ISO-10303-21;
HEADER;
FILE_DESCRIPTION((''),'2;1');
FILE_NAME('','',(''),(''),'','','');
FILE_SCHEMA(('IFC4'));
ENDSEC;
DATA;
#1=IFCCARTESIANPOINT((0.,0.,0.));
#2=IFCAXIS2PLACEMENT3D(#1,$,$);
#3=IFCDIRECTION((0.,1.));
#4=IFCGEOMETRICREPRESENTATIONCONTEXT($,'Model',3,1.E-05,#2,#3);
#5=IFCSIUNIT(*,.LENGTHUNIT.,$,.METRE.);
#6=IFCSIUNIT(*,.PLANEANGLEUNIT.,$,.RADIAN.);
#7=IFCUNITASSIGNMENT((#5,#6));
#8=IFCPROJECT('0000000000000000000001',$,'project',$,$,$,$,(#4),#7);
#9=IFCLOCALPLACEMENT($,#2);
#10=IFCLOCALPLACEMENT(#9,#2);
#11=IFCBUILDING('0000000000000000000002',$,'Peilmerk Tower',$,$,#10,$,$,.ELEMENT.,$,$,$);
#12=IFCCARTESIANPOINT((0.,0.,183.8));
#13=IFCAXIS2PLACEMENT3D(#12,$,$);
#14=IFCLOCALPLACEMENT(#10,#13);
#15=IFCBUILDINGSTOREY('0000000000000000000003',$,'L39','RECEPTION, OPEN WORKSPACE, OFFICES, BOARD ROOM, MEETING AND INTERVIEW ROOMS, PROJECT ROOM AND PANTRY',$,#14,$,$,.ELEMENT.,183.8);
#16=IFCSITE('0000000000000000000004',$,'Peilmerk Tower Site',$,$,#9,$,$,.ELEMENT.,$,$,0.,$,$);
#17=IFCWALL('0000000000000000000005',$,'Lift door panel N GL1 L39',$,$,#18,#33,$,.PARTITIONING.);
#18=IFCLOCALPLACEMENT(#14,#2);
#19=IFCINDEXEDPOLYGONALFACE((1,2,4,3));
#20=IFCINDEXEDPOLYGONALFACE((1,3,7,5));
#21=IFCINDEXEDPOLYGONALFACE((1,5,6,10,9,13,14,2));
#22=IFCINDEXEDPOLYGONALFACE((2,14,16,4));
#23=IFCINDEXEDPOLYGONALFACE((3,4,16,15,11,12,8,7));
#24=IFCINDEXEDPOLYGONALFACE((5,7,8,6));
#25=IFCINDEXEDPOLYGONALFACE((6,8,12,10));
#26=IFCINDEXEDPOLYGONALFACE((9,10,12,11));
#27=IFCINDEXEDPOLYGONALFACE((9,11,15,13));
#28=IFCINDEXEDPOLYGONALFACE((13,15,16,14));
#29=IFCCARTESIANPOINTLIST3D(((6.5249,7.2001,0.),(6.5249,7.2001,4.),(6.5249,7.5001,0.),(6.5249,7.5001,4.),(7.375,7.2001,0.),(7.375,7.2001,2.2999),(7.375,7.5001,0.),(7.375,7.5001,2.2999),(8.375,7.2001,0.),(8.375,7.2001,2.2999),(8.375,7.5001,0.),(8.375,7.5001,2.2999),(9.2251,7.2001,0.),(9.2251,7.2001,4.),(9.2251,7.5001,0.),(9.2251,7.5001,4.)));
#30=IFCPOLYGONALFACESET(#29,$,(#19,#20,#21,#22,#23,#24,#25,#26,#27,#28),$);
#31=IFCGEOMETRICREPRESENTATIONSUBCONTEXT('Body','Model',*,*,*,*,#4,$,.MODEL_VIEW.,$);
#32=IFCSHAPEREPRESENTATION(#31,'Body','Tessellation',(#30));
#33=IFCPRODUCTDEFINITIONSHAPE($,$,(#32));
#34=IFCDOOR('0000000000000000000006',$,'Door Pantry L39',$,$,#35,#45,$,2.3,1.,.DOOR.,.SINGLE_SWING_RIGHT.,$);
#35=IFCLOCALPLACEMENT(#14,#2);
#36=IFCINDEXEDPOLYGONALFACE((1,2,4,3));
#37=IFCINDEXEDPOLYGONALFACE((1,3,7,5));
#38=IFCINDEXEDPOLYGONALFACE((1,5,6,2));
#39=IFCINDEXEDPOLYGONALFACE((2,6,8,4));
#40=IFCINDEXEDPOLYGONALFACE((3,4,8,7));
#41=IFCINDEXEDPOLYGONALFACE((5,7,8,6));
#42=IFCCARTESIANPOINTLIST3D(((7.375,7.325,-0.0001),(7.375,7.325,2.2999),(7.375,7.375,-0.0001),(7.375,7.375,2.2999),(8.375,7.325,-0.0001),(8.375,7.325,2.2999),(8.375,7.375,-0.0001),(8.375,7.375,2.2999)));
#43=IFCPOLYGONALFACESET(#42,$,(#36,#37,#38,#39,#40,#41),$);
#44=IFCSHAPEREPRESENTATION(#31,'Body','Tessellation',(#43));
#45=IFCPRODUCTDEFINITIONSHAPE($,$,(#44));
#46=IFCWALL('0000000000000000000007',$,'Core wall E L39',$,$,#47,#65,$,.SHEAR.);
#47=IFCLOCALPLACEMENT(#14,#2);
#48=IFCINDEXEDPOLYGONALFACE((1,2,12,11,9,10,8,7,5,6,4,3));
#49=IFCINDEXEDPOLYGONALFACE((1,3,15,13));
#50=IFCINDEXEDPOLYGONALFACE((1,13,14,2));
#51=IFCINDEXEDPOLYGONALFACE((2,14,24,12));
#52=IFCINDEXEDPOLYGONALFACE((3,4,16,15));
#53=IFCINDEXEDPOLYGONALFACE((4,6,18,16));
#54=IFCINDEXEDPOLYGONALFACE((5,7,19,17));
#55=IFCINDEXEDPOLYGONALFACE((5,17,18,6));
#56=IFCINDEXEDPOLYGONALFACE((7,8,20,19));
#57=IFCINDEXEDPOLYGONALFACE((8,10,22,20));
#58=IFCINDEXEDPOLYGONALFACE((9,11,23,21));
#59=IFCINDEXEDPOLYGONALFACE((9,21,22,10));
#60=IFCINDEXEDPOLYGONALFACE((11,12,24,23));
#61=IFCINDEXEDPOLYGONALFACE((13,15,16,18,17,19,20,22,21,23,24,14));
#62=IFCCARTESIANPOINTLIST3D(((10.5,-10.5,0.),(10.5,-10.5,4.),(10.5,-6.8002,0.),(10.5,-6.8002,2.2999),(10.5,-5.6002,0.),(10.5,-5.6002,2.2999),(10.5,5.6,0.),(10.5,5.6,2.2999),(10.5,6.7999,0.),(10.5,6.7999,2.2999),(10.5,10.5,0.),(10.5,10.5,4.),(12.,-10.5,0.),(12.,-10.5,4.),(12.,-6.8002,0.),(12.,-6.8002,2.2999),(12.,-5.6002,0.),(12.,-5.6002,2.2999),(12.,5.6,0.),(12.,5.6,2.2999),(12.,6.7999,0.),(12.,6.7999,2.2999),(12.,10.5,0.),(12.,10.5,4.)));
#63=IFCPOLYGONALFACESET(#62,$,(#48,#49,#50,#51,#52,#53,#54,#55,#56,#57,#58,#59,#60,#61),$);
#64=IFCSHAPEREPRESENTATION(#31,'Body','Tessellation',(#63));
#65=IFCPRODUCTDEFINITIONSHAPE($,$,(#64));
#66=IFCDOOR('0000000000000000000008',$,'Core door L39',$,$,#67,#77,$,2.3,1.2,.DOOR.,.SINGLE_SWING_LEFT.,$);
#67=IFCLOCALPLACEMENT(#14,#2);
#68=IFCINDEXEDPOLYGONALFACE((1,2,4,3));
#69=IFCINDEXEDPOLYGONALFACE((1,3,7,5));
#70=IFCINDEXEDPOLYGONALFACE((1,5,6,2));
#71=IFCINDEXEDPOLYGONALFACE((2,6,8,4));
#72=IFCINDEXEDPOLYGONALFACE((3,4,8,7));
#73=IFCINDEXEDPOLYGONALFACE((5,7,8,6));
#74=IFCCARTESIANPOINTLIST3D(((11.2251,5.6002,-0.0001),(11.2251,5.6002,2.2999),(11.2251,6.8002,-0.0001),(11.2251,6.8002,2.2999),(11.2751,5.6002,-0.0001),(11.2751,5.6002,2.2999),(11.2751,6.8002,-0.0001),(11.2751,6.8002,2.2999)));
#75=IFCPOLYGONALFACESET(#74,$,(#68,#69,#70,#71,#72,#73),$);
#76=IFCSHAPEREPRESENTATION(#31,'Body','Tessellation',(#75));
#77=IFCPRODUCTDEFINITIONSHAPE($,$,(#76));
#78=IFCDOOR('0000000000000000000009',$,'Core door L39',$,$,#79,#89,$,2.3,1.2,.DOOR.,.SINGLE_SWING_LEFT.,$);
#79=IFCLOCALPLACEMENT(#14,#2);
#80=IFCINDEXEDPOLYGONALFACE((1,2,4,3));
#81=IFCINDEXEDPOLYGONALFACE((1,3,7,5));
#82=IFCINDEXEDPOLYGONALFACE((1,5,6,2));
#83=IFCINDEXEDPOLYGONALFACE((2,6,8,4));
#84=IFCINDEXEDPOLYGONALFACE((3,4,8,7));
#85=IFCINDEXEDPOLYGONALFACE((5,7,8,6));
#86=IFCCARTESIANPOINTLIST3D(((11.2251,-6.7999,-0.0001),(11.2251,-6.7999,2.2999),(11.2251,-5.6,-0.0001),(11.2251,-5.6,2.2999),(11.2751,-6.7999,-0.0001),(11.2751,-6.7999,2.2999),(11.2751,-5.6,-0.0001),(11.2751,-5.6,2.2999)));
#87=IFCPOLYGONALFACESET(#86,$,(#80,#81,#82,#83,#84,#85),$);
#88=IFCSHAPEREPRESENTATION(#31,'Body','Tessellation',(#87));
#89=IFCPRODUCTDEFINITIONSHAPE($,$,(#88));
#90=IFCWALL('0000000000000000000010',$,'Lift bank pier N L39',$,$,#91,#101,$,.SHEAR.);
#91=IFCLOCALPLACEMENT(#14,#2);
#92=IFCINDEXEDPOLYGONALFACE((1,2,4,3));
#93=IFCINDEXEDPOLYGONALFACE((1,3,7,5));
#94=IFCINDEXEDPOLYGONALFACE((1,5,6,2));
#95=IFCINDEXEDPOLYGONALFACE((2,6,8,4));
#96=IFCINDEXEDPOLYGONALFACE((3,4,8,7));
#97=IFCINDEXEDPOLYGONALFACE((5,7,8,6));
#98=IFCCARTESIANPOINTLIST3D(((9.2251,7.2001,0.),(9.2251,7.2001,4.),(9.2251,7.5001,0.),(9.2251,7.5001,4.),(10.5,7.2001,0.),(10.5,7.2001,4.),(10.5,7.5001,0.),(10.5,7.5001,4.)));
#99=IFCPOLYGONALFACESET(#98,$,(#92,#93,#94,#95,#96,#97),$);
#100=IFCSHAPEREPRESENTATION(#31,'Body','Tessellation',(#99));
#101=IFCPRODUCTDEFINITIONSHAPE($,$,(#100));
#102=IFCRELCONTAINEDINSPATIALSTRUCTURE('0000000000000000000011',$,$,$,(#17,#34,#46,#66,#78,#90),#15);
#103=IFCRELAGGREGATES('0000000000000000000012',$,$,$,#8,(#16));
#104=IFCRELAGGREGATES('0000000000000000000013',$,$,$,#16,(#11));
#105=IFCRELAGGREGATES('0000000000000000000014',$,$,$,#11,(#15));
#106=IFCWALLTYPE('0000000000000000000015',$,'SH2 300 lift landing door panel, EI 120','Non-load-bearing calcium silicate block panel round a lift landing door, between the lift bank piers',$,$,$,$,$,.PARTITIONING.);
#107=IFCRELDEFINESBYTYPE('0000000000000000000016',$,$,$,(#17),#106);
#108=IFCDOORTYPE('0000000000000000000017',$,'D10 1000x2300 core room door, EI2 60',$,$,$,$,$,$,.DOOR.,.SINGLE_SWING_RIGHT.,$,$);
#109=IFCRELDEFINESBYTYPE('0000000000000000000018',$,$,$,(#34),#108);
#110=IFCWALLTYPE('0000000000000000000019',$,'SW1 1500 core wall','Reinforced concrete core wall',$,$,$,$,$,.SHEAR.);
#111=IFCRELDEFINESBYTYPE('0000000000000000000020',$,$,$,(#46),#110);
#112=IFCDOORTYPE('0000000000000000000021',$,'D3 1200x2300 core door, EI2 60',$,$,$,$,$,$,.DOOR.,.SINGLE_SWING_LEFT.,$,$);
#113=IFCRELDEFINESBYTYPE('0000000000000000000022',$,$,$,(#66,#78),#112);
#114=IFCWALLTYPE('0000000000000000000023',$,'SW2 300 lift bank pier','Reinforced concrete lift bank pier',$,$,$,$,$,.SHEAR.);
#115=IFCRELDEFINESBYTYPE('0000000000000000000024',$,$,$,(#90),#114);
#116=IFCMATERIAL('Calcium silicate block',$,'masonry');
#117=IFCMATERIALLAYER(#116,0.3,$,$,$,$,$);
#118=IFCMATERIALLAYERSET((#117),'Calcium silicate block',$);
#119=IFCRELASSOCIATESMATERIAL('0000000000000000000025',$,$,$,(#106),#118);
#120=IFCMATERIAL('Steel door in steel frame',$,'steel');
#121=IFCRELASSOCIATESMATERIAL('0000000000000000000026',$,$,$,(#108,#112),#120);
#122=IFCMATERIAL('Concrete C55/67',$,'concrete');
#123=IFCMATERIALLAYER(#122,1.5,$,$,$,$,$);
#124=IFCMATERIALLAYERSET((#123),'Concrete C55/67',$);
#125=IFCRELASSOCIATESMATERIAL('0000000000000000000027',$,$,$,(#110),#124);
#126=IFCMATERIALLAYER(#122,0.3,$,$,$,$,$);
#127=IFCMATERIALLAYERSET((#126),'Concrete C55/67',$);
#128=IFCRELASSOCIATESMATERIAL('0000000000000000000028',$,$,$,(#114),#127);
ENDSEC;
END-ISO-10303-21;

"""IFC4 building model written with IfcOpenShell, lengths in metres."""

from ifc_helpers import new_model, si_unit, direction, frame, frame_2d, origin, place, context, subcontext, project, spatial, rectangle, extrude, material, layer, layer_set, type_object, element, fill, save


model = new_model("IFC4")

# Units and contexts
model_context = context("Model", 3, precision=1e-05, world=origin(), true_north=direction((0.0, 1.0)))
body_context = subcontext(model_context, "Body", "Model", "MODEL_VIEW")
ifc_project = project(units=[si_unit("LENGTHUNIT", "METRE"), si_unit("PLANEANGLEUNIT", "RADIAN")], contexts=[model_context])

# Site, building, storey
site_placement = place(None, origin())
site = spatial("IfcSite", under=ifc_project, at=site_placement, Name="Peilmerk Tower Site", CompositionType="ELEMENT", RefElevation=0.0)
building_placement = place(site_placement, origin())
building = spatial("IfcBuilding", under=site, at=building_placement, Name="Peilmerk Tower", CompositionType="ELEMENT")
storey_placement = place(building_placement, frame((0.0, 0.0, 183.8)))
storey = spatial("IfcBuildingStorey", under=building, at=storey_placement, Name="L39", Description="RECEPTION, OPEN WORKSPACE, OFFICES, BOARD ROOM, MEETING AND INTERVIEW ROOMS, PROJECT ROOM AND PANTRY", CompositionType="ELEMENT", Elevation=183.8)

# Shared definitions
ifc_material_1 = material(Name="Calcium silicate block", Category="masonry")

# Wall, opening, door
ifc_layer_1 = layer(ifc_material_1, 0.3)
ifc_layer_set_1 = layer_set([ifc_layer_1], Name="Calcium silicate block")
wall_type_1 = type_object("IfcWallType", Name="SH2 300 lift landing door panel, EI 120", Description="Non-load-bearing calcium silicate block panel round a lift landing door, between the lift bank piers", PredefinedType="PARTITIONING", material=ifc_layer_set_1)
wall_1_placement = place(storey_placement, frame((6.5249, 7.3501, 0.0), z_axis=(0.0, 0.0, 1.0), x_axis=(1.0, 0.0, 0.0)))
wall_1 = element("IfcWall", 1, at=wall_1_placement, inside=storey, type_object=wall_type_1, Name="Lift door panel N GL1 L39", PredefinedType="PARTITIONING", context=body_context, shape_type="SweptSolid", body=[
    extrude(rectangle(XDim=2.7002, YDim=0.3, at=frame_2d((1.3501, 0.0))), origin(), (0.0, 0.0, 1.0), 4.0),
])
opening_1_placement = place(wall_1_placement, frame((0.8501, 0.0, 0.0)))
opening_1 = element("IfcOpeningElement", 2, at=opening_1_placement, cuts=wall_1, PredefinedType="OPENING", context=body_context, shape_type="SweptSolid", body=[
    extrude(rectangle(XDim=1.0, YDim=2.3, at=frame_2d((0.5, 1.1499))), frame((0.0, 0.1599, 0.0), z_axis=(0.0, -1.0, 0.0), x_axis=(1.0, 0.0, 0.0)), (0.0, 0.0, 1.0), 0.3201),
])
ifc_material_2 = material(Name="Steel door in steel frame", Category="steel")
door_type_1 = type_object("IfcDoorType", Name="D10 1000x2300 core room door, EI2 60", OperationType="SINGLE_SWING_RIGHT", PredefinedType="DOOR", material=ifc_material_2)
door_1_placement = place(opening_1_placement, origin())
door_1 = element("IfcDoor", 3, at=door_1_placement, inside=storey, type_object=door_type_1, Name="Door Pantry L39", OperationType="SINGLE_SWING_RIGHT", OverallHeight=2.3, OverallWidth=1.0, PredefinedType="DOOR", context=body_context, shape_type="SweptSolid", body=[
    extrude(rectangle(XDim=1.0, YDim=2.3, at=frame_2d((0.5, 1.1499))), frame((0.0, 0.0249, 0.0), z_axis=(0.0, -1.0, 0.0), x_axis=(1.0, 0.0, 0.0)), (0.0, 0.0, 1.0), 0.05),
])
fill(opening_1, door_1)

# Wall, openings, doors
ifc_material_3 = material(Name="Concrete C55/67", Category="concrete")
ifc_layer_2 = layer(ifc_material_3, 1.5)
ifc_layer_set_2 = layer_set([ifc_layer_2], Name="Concrete C55/67")
wall_type_2 = type_object("IfcWallType", Name="SW1 1500 core wall", Description="Reinforced concrete core wall", PredefinedType="SHEAR", material=ifc_layer_set_2)
wall_2_placement = place(storey_placement, frame((11.25, 10.5, 0.0), z_axis=(0.0, 0.0, 1.0), x_axis=(0.0, -1.0, 0.0)))
wall_2 = element("IfcWall", 4, at=wall_2_placement, inside=storey, type_object=wall_type_2, Name="Core wall E L39", PredefinedType="SHEAR", context=body_context, shape_type="SweptSolid", body=[
    extrude(rectangle(XDim=21.0, YDim=1.5, at=frame_2d((10.5, 0.0))), origin(), (0.0, 0.0, 1.0), 4.0),
])
opening_2_placement = place(wall_2_placement, frame((3.7, 0.0, 0.0)))
opening_2 = element("IfcOpeningElement", 5, at=opening_2_placement, cuts=wall_2, PredefinedType="OPENING", context=body_context, shape_type="SweptSolid", body=[
    extrude(rectangle(XDim=1.2, YDim=2.3, at=frame_2d((0.6001, 1.1499))), frame((0.0, 0.76, 0.0), z_axis=(0.0, -1.0, 0.0), x_axis=(1.0, 0.0, 0.0)), (0.0, 0.0, 1.0), 1.52),
])
opening_3_placement = place(wall_2_placement, frame((16.1001, 0.0, 0.0)))
opening_3 = element("IfcOpeningElement", 6, at=opening_3_placement, cuts=wall_2, PredefinedType="OPENING", context=body_context, shape_type="SweptSolid", body=[
    extrude(rectangle(XDim=1.2, YDim=2.3, at=frame_2d((0.6001, 1.1499))), frame((0.0, 0.76, 0.0), z_axis=(0.0, -1.0, 0.0), x_axis=(1.0, 0.0, 0.0)), (0.0, 0.0, 1.0), 1.52),
])
door_type_2 = type_object("IfcDoorType", Name="D3 1200x2300 core door, EI2 60", OperationType="SINGLE_SWING_LEFT", PredefinedType="DOOR", material=ifc_material_2)
door_2_placement = place(opening_2_placement, frame((1.2, 0.0, 0.0), z_axis=(0.0, 0.0, 1.0), x_axis=(-1.0, 0.0, 0.0)))
door_2 = element("IfcDoor", 7, at=door_2_placement, inside=storey, type_object=door_type_2, Name="Core door L39", OperationType="SINGLE_SWING_LEFT", OverallHeight=2.3, OverallWidth=1.2, PredefinedType="DOOR", context=body_context, shape_type="SweptSolid", body=[
    extrude(rectangle(XDim=1.2, YDim=2.3, at=frame_2d((0.6001, 1.1499))), frame((0.0, 0.0249, 0.0), z_axis=(0.0, -1.0, 0.0), x_axis=(1.0, 0.0, 0.0)), (0.0, 0.0, 1.0), 0.05),
])
fill(opening_2, door_2)
door_3_placement = place(opening_3_placement, frame((1.2, 0.0, 0.0), z_axis=(0.0, 0.0, 1.0), x_axis=(-1.0, 0.0, 0.0)))
door_3 = element("IfcDoor", 8, at=door_3_placement, inside=storey, type_object=door_type_2, Name="Core door L39", OperationType="SINGLE_SWING_LEFT", OverallHeight=2.3, OverallWidth=1.2, PredefinedType="DOOR", context=body_context, shape_type="SweptSolid", body=[
    extrude(rectangle(XDim=1.2, YDim=2.3, at=frame_2d((0.6001, 1.1499))), frame((0.0, 0.0249, 0.0), z_axis=(0.0, -1.0, 0.0), x_axis=(1.0, 0.0, 0.0)), (0.0, 0.0, 1.0), 0.05),
])
fill(opening_3, door_3)

# Wall
ifc_layer_3 = layer(ifc_material_3, 0.3)
ifc_layer_set_3 = layer_set([ifc_layer_3], Name="Concrete C55/67")
wall_type_3 = type_object("IfcWallType", Name="SW2 300 lift bank pier", Description="Reinforced concrete lift bank pier", PredefinedType="SHEAR", material=ifc_layer_set_3)
wall_3_placement = place(storey_placement, frame((9.2251, 7.3501, 0.0), z_axis=(0.0, 0.0, 1.0), x_axis=(1.0, 0.0, 0.0)))
element("IfcWall", 9, at=wall_3_placement, inside=storey, type_object=wall_type_3, Name="Lift bank pier N L39", PredefinedType="SHEAR", context=body_context, shape_type="SweptSolid", body=[
    extrude(rectangle(XDim=1.2749, YDim=0.3, at=frame_2d((0.6375, 0.0))), origin(), (0.0, 0.0, 1.0), 4.0),
])

save(model, "model.ifc")
